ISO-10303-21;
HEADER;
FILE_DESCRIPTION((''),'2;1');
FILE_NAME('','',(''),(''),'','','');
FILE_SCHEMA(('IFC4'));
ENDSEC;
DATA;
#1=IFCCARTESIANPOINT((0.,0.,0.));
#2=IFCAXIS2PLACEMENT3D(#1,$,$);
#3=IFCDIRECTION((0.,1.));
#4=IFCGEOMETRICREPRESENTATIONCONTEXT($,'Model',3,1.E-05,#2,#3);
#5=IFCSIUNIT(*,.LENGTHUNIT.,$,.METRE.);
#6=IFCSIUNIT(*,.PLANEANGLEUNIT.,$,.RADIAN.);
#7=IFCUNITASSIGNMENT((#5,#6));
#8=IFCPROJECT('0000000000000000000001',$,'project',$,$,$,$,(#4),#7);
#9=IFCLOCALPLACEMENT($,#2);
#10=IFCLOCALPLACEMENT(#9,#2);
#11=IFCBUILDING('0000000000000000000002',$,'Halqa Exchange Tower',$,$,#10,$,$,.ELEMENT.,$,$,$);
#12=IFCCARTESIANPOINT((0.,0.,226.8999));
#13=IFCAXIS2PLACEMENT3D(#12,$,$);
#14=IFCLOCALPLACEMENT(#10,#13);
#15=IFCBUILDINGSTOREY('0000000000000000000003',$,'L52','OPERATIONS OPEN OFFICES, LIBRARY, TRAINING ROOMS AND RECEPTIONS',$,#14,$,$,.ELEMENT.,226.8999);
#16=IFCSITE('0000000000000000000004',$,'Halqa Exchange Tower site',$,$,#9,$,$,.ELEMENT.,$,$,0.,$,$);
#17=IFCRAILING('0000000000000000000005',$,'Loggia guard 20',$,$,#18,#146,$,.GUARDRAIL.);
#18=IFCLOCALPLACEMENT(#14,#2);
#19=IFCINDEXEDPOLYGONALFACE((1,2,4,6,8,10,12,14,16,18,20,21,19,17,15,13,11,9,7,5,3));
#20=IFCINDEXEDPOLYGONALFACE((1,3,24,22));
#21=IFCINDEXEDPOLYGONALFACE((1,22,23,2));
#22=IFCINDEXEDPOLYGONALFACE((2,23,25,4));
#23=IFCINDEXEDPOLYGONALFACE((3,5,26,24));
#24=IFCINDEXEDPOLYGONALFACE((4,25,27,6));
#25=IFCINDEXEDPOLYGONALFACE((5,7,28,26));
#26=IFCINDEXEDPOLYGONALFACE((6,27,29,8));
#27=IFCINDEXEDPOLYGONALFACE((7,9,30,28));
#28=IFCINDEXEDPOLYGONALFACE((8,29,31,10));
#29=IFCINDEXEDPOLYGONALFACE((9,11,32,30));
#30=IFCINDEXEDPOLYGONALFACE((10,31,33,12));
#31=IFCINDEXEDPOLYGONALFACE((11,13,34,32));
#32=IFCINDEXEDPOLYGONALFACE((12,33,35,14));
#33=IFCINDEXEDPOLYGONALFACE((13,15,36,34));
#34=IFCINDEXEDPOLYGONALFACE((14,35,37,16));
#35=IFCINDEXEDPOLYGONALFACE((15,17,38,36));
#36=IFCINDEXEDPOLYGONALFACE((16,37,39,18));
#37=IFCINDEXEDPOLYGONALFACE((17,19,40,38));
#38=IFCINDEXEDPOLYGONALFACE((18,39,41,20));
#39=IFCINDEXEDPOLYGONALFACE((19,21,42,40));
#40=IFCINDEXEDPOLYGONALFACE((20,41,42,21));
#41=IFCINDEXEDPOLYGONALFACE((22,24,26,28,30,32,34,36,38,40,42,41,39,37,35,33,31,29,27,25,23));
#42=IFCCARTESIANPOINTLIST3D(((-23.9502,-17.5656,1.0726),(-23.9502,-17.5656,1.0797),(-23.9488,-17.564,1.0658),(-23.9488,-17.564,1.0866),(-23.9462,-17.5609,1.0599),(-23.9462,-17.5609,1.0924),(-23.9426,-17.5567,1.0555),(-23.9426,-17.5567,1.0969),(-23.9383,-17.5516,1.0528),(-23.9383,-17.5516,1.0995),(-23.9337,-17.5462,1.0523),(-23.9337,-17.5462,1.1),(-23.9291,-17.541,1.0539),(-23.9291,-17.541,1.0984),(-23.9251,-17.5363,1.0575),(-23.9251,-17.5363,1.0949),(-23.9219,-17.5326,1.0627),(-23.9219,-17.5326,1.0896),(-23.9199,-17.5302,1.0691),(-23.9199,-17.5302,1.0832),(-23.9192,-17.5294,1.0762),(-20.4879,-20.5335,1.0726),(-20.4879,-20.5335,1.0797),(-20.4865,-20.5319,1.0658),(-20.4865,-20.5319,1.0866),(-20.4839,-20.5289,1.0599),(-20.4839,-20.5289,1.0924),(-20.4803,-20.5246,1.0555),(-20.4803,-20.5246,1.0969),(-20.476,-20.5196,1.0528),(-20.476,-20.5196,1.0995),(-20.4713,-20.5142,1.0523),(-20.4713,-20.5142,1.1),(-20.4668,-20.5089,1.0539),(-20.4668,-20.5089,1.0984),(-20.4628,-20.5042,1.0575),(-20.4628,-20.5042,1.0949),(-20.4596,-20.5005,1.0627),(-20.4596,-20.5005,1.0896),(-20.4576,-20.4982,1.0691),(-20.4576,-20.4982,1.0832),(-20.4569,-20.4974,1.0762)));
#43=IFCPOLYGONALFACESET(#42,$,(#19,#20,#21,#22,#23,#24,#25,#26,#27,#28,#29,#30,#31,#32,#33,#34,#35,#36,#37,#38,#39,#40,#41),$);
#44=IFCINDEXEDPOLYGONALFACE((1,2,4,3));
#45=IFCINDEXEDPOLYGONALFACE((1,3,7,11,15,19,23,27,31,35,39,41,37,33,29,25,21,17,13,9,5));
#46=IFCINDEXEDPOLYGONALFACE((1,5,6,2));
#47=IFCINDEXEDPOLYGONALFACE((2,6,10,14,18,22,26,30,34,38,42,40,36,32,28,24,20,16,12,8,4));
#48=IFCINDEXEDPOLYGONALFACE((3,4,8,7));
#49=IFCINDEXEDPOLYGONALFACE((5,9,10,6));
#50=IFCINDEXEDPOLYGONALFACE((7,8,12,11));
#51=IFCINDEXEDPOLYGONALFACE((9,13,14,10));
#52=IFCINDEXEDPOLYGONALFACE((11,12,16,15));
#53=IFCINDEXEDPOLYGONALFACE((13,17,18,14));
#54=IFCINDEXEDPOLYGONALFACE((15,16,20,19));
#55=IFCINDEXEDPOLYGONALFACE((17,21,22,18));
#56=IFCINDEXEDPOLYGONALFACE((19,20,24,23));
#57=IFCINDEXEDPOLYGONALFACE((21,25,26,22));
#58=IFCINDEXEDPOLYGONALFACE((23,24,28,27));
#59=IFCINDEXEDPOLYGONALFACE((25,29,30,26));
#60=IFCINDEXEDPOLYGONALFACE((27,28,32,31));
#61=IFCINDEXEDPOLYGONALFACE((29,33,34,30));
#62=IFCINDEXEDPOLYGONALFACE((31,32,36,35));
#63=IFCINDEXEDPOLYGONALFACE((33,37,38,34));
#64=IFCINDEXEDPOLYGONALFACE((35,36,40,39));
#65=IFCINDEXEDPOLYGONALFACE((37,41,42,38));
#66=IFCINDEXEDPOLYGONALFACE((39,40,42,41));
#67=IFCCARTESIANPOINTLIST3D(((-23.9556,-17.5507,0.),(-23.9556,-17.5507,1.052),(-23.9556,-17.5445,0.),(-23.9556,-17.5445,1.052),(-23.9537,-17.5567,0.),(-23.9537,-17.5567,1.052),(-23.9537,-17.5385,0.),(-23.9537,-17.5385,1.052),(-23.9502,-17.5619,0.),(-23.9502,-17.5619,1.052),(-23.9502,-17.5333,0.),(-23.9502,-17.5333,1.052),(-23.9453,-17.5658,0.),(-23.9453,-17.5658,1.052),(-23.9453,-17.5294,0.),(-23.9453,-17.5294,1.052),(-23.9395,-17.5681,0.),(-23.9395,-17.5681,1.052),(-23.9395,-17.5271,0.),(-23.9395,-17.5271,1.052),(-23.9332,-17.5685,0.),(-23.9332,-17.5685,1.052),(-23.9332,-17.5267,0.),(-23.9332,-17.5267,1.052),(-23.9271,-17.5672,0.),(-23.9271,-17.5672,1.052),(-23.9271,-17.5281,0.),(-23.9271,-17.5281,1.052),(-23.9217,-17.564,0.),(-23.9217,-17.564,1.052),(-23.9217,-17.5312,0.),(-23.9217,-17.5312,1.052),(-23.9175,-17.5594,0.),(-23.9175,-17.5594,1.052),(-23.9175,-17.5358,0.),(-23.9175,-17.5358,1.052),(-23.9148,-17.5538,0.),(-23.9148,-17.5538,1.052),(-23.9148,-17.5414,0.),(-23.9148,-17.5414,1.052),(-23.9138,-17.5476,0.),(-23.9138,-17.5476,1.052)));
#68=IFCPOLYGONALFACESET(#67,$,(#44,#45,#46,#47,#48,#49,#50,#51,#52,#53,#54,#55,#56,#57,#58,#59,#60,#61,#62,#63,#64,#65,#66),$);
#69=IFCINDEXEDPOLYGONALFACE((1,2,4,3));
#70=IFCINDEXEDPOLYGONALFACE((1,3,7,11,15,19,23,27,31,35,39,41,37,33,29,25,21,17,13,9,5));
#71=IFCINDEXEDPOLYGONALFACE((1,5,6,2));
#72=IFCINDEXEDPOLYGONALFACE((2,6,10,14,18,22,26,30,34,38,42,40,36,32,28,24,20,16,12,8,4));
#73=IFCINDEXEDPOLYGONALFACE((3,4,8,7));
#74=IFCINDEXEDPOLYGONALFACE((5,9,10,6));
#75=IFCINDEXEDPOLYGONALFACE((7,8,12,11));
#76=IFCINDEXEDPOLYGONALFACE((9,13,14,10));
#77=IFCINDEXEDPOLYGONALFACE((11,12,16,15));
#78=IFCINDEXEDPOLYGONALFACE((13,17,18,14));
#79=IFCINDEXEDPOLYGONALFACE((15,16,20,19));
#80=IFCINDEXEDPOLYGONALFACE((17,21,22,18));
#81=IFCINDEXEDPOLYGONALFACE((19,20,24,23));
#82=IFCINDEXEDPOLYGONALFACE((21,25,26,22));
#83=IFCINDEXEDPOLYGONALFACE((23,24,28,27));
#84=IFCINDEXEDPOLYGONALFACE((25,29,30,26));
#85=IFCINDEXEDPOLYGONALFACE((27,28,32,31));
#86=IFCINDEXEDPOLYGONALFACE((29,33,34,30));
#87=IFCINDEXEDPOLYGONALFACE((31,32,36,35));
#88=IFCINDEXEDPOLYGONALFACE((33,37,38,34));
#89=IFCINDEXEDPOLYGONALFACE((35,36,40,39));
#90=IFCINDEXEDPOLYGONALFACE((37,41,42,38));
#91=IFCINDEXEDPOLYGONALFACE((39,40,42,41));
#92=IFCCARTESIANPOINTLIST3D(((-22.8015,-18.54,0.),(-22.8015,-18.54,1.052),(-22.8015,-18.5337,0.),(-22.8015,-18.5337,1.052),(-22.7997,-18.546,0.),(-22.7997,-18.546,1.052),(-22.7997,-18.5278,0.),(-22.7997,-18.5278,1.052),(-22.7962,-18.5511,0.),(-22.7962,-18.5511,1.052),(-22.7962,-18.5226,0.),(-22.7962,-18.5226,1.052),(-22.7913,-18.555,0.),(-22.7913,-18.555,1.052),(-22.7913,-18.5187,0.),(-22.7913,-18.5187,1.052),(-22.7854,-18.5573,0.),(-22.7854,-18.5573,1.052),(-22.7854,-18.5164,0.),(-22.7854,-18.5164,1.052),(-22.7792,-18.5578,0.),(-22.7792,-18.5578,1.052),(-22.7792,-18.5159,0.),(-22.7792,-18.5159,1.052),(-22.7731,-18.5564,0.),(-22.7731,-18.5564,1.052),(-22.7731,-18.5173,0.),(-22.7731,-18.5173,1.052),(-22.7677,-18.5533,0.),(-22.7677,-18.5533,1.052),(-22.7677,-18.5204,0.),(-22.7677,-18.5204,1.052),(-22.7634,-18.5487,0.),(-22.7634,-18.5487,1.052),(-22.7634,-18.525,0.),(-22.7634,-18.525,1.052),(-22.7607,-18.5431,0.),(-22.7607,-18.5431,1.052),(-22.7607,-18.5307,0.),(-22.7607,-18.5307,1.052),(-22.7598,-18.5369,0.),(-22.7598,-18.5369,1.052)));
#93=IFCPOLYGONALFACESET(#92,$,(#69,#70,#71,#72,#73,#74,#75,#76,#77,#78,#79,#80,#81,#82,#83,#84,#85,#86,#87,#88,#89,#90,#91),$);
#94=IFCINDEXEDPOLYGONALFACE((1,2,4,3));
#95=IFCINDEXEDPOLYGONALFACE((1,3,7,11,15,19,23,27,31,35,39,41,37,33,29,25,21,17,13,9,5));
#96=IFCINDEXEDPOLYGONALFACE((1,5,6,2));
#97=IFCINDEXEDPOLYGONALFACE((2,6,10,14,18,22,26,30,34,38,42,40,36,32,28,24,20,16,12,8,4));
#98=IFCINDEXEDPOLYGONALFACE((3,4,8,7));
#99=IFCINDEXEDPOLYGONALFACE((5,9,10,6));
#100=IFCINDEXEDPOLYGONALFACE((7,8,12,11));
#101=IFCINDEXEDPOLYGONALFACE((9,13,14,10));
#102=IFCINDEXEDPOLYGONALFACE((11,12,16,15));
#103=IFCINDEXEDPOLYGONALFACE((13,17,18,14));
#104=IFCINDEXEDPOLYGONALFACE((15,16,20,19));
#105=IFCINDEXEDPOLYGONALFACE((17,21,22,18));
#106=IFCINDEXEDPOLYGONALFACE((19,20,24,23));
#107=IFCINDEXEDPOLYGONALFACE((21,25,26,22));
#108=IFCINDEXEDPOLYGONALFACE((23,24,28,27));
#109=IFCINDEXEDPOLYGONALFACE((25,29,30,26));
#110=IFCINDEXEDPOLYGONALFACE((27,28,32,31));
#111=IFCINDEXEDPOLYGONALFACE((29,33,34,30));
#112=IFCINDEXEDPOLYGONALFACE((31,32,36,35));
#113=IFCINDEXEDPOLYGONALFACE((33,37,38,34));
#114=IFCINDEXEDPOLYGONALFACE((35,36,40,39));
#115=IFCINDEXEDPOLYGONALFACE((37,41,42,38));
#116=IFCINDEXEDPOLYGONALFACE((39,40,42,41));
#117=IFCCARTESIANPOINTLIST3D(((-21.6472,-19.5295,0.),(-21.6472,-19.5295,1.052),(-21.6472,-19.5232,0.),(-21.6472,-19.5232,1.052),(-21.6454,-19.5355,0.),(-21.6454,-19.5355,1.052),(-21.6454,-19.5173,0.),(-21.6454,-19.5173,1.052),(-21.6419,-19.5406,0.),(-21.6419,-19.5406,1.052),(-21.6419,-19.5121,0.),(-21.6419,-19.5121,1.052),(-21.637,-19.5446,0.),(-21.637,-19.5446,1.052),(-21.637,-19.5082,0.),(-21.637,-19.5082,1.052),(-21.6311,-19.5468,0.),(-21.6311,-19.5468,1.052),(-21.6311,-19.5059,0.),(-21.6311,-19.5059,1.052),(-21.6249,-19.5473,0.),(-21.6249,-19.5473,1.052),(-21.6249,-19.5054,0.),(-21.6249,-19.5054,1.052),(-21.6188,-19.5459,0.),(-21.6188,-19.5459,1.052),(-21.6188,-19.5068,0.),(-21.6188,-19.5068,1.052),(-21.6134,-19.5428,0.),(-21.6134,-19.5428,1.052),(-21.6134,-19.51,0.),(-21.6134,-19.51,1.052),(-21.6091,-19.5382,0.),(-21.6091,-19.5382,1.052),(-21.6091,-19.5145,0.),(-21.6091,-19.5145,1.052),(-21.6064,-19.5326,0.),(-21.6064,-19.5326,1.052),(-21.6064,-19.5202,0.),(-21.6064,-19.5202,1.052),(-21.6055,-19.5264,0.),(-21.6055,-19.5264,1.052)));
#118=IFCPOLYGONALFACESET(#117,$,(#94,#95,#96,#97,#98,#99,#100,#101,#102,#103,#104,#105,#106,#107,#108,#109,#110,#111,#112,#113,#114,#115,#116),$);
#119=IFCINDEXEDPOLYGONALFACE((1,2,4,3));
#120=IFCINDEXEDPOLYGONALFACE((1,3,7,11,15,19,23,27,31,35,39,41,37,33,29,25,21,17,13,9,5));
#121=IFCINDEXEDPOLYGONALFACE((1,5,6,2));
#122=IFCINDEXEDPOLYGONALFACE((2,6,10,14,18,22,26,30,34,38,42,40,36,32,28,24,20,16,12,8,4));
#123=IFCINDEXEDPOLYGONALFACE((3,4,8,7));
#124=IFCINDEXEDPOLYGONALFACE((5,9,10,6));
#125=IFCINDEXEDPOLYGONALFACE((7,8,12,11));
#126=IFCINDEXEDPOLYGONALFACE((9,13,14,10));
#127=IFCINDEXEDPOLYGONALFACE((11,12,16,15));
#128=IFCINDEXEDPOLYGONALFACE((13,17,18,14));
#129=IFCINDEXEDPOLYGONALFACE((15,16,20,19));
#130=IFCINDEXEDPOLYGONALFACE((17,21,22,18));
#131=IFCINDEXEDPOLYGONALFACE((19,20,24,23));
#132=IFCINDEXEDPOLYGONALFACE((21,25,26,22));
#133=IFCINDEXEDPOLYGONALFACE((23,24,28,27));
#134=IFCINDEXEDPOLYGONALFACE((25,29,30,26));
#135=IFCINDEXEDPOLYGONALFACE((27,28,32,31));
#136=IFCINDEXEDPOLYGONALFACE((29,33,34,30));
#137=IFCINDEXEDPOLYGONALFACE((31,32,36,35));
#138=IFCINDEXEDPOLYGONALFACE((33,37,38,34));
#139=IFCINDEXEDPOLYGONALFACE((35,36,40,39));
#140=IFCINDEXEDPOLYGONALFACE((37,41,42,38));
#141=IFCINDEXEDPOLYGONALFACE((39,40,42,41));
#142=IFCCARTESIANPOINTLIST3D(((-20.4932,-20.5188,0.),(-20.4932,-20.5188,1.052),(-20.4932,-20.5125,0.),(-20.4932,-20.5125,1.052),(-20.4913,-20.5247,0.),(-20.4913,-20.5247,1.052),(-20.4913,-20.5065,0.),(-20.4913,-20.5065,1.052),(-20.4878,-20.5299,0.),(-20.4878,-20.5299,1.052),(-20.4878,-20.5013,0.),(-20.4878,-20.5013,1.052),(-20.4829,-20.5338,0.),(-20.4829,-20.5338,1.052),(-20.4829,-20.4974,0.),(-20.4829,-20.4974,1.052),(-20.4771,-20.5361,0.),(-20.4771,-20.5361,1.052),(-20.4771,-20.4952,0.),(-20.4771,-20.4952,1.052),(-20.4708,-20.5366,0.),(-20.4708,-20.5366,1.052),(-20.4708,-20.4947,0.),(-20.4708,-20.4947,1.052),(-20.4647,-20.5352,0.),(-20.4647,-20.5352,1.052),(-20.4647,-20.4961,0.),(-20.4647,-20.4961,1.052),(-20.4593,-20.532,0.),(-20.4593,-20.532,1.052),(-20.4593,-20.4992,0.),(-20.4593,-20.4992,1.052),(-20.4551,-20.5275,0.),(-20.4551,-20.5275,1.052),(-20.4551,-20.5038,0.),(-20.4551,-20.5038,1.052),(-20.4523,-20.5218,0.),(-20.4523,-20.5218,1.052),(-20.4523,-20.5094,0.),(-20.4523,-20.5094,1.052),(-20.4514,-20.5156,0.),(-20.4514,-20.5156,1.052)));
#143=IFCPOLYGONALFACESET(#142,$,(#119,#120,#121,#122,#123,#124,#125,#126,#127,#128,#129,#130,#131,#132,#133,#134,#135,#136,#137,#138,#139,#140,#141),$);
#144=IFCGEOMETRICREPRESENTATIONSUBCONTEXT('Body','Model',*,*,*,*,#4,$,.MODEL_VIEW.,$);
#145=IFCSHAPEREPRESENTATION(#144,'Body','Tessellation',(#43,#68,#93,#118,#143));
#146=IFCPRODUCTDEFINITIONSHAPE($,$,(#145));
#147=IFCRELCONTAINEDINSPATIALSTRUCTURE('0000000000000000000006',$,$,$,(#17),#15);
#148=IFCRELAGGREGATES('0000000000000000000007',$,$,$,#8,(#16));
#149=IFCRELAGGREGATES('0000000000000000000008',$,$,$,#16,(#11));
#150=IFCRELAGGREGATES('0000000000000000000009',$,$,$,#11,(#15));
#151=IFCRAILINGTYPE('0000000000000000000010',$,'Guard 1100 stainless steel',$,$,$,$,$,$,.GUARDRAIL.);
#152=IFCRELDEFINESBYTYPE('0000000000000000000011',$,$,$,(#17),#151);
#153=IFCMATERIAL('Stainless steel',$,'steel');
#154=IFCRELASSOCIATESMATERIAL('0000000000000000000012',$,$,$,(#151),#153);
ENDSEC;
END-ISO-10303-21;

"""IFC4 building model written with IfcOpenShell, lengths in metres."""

from ifc_helpers import new_model, si_unit, direction, frame, origin, origin_2d, place, context, subcontext, project, spatial, circle, extrude, material, type_object, element, save


model = new_model("IFC4")

# Units and contexts
model_context = context("Model", 3, precision=1e-05, world=origin(), true_north=direction((0.0, 1.0)))
body_context = subcontext(model_context, "Body", "Model", "MODEL_VIEW")
ifc_project = project(units=[si_unit("LENGTHUNIT", "METRE"), si_unit("PLANEANGLEUNIT", "RADIAN")], contexts=[model_context])

# Site, building, storey
site_placement = place(None, origin())
site = spatial("IfcSite", under=ifc_project, at=site_placement, Name="Halqa Exchange Tower site", CompositionType="ELEMENT", RefElevation=0.0)
building_placement = place(site_placement, origin())
building = spatial("IfcBuilding", under=site, at=building_placement, Name="Halqa Exchange Tower", CompositionType="ELEMENT")
storey_placement = place(building_placement, frame((0.0, 0.0, 226.8999)))
storey = spatial("IfcBuildingStorey", under=building, at=storey_placement, Name="L52", Description="OPERATIONS OPEN OFFICES, LIBRARY, TRAINING ROOMS AND RECEPTIONS", CompositionType="ELEMENT", Elevation=226.8999)

# Railing
ifc_material_1 = material(Name="Stainless steel", Category="steel")
railing_type = type_object("IfcRailingType", Name="Guard 1100 stainless steel", PredefinedType="GUARDRAIL", material=ifc_material_1)
railing_1_placement = place(storey_placement, frame((-23.9348, -17.5476, 0.0)))
element("IfcRailing", 1, at=railing_1_placement, inside=storey, type_object=railing_type, Name="Loggia guard 20", PredefinedType="GUARDRAIL", context=body_context, shape_type="SweptSolid", body=[
    extrude(circle(Radius=0.0239, at=origin_2d()), frame((0.0, 0.0, 1.0762), z_axis=(0.75923, -0.650822, 0.0), x_axis=(0.650822, 0.75923, 0.0)), (0.0, 0.0, 1.0), 4.5603),
    extrude(circle(Radius=0.021, at=origin_2d()), origin(), (0.0, 0.0, 1.0), 1.052),
    extrude(circle(Radius=0.021, at=origin_2d()), frame((1.1541, -0.9893, 0.0)), (0.0, 0.0, 1.0), 1.052),
    extrude(circle(Radius=0.021, at=origin_2d()), frame((2.3083, -1.9788, 0.0)), (0.0, 0.0, 1.0), 1.052),
    extrude(circle(Radius=0.021, at=origin_2d()), frame((3.4624, -2.968, 0.0)), (0.0, 0.0, 1.0), 1.052),
])

save(model, "model.ifc")
